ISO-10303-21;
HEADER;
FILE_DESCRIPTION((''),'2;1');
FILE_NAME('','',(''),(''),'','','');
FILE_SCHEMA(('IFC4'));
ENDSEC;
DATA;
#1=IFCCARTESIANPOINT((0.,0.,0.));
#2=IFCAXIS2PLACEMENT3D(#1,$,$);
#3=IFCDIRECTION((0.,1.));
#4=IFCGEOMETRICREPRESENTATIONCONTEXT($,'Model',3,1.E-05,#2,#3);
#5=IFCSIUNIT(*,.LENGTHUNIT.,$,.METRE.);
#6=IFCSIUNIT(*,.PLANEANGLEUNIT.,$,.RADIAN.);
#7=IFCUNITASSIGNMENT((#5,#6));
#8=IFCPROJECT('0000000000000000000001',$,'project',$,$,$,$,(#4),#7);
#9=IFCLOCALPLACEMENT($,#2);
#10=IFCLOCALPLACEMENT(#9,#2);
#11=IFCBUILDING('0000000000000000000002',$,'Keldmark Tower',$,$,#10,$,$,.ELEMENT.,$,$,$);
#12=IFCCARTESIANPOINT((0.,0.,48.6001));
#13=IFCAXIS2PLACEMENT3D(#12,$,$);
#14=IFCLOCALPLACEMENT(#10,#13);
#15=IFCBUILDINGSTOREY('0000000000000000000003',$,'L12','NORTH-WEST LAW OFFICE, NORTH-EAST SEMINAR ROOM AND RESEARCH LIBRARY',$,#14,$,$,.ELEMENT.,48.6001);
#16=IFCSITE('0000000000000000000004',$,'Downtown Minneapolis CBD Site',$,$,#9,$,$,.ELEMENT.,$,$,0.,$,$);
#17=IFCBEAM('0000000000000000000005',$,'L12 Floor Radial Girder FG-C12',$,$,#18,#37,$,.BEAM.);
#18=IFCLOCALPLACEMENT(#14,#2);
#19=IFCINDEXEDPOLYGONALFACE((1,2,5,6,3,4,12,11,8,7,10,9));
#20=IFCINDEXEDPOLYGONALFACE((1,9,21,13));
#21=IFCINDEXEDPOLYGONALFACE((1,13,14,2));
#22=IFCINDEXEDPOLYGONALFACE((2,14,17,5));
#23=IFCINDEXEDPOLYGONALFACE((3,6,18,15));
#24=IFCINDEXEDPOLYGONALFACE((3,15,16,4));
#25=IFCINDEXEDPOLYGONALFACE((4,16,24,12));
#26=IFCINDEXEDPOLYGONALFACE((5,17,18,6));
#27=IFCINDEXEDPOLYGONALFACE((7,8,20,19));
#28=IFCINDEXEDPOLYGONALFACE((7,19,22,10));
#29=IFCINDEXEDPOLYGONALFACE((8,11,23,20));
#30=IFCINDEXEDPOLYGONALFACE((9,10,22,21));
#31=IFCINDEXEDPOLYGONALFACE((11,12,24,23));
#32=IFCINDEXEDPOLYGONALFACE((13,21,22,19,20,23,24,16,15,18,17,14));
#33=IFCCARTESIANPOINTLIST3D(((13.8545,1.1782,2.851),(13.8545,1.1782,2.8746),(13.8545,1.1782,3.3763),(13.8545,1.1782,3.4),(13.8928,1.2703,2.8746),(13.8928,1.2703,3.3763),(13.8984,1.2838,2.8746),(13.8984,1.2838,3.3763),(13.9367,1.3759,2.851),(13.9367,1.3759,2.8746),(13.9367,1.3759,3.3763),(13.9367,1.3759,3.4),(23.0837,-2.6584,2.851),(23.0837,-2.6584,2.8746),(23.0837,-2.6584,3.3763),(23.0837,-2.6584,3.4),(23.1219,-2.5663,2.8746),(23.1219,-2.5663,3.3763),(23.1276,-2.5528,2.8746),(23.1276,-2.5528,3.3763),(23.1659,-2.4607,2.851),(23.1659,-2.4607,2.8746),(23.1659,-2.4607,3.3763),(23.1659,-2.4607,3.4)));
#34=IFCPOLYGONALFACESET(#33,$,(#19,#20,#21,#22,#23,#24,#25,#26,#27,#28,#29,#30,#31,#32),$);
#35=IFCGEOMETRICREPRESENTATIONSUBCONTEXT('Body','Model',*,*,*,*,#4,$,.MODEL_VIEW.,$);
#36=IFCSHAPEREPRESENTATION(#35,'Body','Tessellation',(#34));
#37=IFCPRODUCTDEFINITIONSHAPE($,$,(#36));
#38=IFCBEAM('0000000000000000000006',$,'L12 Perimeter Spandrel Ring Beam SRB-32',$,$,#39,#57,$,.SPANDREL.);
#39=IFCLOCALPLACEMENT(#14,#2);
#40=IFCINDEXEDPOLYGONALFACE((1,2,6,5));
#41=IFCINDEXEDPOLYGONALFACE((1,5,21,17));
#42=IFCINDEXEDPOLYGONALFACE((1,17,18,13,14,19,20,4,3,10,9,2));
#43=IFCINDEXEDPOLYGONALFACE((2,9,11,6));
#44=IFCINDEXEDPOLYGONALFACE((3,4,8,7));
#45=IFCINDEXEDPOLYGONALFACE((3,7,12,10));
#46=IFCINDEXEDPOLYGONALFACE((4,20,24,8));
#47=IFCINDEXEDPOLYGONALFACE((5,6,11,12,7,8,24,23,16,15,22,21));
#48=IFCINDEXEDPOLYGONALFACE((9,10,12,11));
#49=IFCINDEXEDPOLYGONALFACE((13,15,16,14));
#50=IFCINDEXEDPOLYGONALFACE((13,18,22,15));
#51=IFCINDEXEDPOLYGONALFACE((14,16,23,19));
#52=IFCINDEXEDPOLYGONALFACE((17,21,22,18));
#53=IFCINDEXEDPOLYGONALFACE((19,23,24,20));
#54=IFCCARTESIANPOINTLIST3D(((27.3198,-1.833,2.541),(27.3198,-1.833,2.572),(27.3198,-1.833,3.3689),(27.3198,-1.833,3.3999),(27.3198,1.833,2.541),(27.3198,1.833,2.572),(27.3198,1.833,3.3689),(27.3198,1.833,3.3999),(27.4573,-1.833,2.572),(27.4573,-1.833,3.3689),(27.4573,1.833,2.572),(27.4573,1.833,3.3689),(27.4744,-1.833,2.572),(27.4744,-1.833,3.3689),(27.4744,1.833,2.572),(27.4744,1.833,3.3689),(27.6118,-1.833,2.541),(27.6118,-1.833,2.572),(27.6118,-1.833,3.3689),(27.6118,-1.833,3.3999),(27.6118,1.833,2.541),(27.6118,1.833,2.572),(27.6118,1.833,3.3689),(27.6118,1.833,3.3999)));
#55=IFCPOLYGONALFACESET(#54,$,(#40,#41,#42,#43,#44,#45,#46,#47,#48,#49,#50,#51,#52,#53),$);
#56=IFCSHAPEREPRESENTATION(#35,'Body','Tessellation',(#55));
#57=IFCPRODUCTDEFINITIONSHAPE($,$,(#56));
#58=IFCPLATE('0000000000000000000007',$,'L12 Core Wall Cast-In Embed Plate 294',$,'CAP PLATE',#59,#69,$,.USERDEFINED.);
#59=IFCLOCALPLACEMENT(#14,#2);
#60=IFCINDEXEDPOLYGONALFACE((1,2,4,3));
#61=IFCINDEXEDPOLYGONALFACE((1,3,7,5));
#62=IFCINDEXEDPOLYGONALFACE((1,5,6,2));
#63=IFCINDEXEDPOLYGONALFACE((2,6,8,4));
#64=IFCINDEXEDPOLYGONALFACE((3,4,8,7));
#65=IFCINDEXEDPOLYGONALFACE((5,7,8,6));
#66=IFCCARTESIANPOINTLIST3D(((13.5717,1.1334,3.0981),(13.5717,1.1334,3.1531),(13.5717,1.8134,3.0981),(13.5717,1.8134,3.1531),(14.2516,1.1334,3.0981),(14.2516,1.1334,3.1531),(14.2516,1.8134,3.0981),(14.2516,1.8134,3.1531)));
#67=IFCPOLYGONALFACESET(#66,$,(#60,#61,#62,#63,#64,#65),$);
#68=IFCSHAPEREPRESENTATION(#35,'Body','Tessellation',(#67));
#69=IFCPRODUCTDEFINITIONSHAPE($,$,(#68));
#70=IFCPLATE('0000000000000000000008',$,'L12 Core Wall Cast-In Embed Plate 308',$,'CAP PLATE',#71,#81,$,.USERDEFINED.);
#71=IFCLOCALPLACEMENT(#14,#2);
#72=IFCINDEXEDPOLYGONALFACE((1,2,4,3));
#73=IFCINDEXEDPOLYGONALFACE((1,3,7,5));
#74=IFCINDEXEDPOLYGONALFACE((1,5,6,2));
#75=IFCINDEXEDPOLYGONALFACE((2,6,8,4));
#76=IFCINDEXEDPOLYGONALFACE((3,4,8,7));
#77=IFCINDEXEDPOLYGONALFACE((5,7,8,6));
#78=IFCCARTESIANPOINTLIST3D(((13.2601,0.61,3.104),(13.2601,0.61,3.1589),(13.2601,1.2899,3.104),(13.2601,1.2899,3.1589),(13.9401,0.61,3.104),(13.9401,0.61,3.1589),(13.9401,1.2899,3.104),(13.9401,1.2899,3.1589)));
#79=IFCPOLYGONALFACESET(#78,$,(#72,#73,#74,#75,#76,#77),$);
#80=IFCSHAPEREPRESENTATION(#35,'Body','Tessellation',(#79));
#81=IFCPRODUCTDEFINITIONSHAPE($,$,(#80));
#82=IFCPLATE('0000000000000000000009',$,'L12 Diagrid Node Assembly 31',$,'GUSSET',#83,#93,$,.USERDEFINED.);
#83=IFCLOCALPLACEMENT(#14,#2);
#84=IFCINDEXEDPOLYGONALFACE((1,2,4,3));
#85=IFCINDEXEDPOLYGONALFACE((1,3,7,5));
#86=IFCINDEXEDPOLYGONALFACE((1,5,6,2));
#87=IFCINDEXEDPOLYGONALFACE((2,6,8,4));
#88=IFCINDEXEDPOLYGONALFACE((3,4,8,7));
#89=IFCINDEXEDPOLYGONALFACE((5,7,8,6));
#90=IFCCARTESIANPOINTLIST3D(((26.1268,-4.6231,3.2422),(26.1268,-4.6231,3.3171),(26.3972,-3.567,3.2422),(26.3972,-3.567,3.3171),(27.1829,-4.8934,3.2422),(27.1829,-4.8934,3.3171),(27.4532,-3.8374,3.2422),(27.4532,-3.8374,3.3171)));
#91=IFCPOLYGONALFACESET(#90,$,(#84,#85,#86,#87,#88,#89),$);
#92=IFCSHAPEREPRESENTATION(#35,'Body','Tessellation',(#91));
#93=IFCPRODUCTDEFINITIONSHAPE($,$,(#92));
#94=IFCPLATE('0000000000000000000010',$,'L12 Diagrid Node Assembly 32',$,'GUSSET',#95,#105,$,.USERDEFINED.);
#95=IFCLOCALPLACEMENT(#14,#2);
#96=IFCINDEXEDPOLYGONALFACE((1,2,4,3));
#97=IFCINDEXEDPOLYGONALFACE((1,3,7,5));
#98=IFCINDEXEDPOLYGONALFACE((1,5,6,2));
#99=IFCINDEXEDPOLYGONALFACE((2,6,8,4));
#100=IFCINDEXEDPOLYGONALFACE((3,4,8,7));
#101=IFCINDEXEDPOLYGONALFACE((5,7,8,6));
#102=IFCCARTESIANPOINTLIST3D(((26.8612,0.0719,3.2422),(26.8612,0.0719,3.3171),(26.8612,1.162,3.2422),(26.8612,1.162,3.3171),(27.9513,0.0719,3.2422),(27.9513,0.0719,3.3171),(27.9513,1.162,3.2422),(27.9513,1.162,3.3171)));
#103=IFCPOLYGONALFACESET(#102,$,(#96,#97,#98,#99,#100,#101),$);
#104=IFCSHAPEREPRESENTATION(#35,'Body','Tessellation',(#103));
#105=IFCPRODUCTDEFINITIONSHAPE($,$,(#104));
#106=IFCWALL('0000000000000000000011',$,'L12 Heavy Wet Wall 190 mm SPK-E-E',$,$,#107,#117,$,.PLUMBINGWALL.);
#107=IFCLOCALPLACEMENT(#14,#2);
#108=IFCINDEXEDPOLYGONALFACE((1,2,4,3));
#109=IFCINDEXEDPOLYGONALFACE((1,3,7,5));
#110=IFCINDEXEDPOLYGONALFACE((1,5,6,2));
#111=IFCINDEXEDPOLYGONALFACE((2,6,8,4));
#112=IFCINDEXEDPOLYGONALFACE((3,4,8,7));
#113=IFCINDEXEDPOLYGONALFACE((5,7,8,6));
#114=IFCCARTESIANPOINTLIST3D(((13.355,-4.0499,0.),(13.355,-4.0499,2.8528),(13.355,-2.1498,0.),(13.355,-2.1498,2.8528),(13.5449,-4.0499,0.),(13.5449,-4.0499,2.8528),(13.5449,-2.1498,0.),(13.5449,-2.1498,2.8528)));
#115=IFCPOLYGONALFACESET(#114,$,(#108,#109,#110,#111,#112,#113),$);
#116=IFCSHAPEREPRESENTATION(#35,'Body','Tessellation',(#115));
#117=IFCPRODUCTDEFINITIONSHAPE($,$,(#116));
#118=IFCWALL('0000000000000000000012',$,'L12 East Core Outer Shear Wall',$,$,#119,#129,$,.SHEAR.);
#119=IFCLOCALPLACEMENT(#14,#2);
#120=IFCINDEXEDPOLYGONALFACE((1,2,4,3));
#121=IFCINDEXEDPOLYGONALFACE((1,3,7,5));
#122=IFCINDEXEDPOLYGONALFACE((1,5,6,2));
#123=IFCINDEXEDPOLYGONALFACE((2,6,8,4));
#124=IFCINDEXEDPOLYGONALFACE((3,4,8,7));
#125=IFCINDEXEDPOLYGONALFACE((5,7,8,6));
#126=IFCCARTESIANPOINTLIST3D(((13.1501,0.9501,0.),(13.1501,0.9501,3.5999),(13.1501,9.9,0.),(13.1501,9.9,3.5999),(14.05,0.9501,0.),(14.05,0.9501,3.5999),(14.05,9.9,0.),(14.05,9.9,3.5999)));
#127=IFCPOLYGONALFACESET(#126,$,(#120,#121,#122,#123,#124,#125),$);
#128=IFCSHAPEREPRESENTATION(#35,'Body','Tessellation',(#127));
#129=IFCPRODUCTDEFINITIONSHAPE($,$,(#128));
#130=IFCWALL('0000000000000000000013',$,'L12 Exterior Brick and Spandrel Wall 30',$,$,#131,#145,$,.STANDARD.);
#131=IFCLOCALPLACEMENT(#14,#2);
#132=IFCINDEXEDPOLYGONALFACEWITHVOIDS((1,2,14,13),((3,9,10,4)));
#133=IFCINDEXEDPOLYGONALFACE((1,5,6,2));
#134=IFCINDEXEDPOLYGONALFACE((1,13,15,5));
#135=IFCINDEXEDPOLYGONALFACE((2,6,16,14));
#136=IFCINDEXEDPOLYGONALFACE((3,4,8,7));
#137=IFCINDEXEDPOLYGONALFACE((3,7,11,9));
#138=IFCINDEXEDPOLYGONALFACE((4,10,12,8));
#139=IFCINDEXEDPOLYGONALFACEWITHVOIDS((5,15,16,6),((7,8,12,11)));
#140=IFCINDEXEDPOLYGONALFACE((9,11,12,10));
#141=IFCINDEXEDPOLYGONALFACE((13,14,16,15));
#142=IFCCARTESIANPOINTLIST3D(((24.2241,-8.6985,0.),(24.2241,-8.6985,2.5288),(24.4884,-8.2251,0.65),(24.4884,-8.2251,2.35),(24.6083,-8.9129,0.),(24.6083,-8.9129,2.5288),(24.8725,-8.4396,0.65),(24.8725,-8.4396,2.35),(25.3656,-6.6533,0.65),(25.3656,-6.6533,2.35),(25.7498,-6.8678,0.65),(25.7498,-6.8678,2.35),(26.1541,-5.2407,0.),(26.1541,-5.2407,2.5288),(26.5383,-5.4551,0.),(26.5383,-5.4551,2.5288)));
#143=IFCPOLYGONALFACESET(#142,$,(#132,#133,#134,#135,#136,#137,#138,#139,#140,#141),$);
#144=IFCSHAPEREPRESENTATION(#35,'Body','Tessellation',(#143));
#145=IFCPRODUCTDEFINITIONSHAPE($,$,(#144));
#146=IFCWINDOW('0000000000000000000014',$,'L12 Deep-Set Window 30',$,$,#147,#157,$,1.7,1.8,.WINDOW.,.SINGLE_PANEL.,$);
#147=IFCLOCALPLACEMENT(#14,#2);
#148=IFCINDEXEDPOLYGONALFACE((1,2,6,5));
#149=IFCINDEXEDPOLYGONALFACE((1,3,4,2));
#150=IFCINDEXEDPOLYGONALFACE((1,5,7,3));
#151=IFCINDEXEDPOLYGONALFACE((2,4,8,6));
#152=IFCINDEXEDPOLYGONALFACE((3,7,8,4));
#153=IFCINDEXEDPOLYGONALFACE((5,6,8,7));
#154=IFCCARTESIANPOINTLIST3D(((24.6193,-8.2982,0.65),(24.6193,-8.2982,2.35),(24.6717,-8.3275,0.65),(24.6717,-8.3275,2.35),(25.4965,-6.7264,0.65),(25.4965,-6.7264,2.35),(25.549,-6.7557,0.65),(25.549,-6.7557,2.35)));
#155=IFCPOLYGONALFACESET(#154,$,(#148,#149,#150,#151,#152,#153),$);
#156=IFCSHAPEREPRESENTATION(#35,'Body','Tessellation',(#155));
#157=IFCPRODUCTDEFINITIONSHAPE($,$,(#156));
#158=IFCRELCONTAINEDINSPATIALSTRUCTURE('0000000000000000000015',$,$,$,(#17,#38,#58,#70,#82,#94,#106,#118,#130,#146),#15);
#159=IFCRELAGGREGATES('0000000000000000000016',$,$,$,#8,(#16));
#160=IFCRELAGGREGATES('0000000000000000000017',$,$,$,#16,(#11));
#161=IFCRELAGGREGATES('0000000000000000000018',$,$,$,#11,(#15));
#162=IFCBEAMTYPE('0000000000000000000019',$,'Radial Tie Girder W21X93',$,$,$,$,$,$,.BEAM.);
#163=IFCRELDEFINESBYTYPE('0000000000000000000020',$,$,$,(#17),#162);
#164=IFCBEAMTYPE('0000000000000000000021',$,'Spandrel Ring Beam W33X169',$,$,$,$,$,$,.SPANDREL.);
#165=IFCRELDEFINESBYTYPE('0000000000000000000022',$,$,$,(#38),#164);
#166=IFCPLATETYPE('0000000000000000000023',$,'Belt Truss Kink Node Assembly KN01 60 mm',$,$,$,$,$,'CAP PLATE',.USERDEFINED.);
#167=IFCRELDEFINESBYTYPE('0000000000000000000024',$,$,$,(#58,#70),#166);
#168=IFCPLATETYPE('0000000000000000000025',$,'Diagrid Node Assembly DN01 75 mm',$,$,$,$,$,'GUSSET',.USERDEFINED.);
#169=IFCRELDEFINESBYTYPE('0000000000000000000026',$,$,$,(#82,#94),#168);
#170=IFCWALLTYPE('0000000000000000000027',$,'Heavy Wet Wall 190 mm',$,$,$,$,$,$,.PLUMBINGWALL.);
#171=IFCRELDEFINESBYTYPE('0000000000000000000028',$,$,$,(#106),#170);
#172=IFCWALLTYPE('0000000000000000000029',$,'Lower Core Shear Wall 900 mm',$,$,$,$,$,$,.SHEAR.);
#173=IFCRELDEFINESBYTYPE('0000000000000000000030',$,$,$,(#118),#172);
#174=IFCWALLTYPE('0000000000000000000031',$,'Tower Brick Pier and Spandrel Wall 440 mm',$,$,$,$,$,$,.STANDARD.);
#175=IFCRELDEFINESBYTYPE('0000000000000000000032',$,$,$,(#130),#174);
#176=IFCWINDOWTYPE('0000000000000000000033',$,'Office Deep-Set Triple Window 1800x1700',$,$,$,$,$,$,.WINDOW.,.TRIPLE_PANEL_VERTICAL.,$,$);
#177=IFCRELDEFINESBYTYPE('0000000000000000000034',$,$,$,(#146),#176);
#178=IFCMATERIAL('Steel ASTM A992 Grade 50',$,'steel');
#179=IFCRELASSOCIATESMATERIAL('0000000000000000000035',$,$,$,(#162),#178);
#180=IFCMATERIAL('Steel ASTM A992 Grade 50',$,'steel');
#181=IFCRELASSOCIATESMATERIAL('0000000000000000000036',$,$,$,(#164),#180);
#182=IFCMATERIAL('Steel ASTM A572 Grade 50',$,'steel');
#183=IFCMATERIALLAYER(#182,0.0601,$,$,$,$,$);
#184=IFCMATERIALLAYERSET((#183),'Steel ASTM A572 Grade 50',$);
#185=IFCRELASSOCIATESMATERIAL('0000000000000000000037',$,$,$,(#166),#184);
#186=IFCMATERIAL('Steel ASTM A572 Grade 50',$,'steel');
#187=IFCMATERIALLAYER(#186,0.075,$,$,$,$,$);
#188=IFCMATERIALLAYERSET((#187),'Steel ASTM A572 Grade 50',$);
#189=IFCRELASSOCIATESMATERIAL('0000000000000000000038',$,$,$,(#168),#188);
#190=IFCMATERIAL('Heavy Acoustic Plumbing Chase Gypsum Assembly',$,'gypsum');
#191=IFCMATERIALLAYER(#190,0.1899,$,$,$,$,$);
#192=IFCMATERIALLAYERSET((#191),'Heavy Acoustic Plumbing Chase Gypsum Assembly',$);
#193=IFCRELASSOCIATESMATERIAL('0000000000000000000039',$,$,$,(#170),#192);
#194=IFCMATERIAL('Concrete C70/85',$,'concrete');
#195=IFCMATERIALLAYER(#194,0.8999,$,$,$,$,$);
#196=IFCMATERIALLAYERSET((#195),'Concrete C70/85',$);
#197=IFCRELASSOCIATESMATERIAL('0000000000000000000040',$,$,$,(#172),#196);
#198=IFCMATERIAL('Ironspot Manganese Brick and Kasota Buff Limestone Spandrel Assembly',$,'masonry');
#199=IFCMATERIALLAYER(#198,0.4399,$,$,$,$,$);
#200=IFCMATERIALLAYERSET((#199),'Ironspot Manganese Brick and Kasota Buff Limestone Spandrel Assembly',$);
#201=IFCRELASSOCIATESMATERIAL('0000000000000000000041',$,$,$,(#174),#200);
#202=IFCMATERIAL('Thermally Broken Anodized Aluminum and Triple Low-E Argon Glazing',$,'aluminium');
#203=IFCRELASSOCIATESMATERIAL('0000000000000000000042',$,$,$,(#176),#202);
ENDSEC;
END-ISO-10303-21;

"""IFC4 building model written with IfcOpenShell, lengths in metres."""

from ifc_helpers import new_model, si_unit, direction, frame, frame_2d, origin, origin_2d, place, context, subcontext, project, spatial, rectangle, i_section, extrude, material, layer, layer_set, material_profile, profile_set, type_object, element, fill, save


model = new_model("IFC4")

# Units and contexts
model_context = context("Model", 3, precision=1e-05, world=origin(), true_north=direction((0.0, 1.0)))
body_context = subcontext(model_context, "Body", "Model", "MODEL_VIEW")
ifc_project = project(units=[si_unit("LENGTHUNIT", "METRE"), si_unit("PLANEANGLEUNIT", "RADIAN")], contexts=[model_context])

# Site, building, storey
site_placement = place(None, origin())
site = spatial("IfcSite", under=ifc_project, at=site_placement, Name="Downtown Minneapolis CBD Site", CompositionType="ELEMENT", RefElevation=0.0)
building_placement = place(site_placement, origin())
building = spatial("IfcBuilding", under=site, at=building_placement, Name="Keldmark Tower", CompositionType="ELEMENT")
storey_placement = place(building_placement, frame((0.0, 0.0, 48.6001)))
storey = spatial("IfcBuildingStorey", under=building, at=storey_placement, Name="L12", Description="NORTH-WEST LAW OFFICE, NORTH-EAST SEMINAR ROOM AND RESEARCH LIBRARY", CompositionType="ELEMENT", Elevation=48.6001)

# Beams
ifc_material_1 = material(Name="Steel ASTM A992 Grade 50", Category="steel")
ifc_material_profile_1 = material_profile(ifc_material_1, i_section(OverallWidth=0.2141, OverallDepth=0.5491, WebThickness=0.0146, FlangeThickness=0.0237, at=origin_2d()), Name="W21X93")
ifc_profile_set_1 = profile_set([ifc_material_profile_1], Name="Steel ASTM A992 Grade 50")
beam_type_1 = type_object("IfcBeamType", Name="Radial Tie Girder W21X93", PredefinedType="BEAM", material=ifc_profile_set_1)
beam_1_placement = place(storey_placement, frame((23.1248, -2.5596, 3.1255), z_axis=(-0.923391, 0.383861, 0.0), x_axis=(-0.383861, -0.923391, 0.0)))
element("IfcBeam", 1, at=beam_1_placement, inside=storey, type_object=beam_type_1, Name="L12 Floor Radial Girder FG-C12", PredefinedType="BEAM", context=body_context, shape_type="SweptSolid", body=[
    extrude(i_section(OverallWidth=0.2141, OverallDepth=0.5491, WebThickness=0.0146, FlangeThickness=0.0237, at=origin_2d()), origin(), (0.0, 0.0, 1.0), 9.9949),
])
ifc_material_2 = material(Name="Steel ASTM A992 Grade 50", Category="steel")
ifc_material_profile_2 = material_profile(ifc_material_2, i_section(OverallWidth=0.292, OverallDepth=0.8589, WebThickness=0.0171, FlangeThickness=0.031, at=origin_2d()), Name="W33X169")
ifc_profile_set_2 = profile_set([ifc_material_profile_2], Name="Steel ASTM A992 Grade 50")
beam_type_2 = type_object("IfcBeamType", Name="Spandrel Ring Beam W33X169", PredefinedType="SPANDREL", material=ifc_profile_set_2)
beam_2_placement = place(storey_placement, frame((27.4658, -1.833, 2.9705), z_axis=(0.0, 1.0, 0.0), x_axis=(-1.0, 0.0, 0.0)))
element("IfcBeam", 2, at=beam_2_placement, inside=storey, type_object=beam_type_2, Name="L12 Perimeter Spandrel Ring Beam SRB-32", PredefinedType="SPANDREL", context=body_context, shape_type="SweptSolid", body=[
    extrude(i_section(OverallWidth=0.292, OverallDepth=0.8589, WebThickness=0.0171, FlangeThickness=0.031, at=origin_2d()), origin(), (0.0, 0.0, 1.0), 3.666),
])

# Plates
ifc_material_3 = material(Name="Steel ASTM A572 Grade 50", Category="steel")
ifc_layer_1 = layer(ifc_material_3, 0.0601)
ifc_layer_set_1 = layer_set([ifc_layer_1], Name="Steel ASTM A572 Grade 50")
plate_type_1 = type_object("IfcPlateType", Name="Belt Truss Kink Node Assembly KN01 60 mm", ElementType="CAP PLATE", PredefinedType="USERDEFINED", material=ifc_layer_set_1)
for number, where, z_axis, x_axis, name in (
    (3, (13.9116, 1.4734, 3.0981), (0.0, 0.0, 1.0), (1.0, 0.0, 0.0), "L12 Core Wall Cast-In Embed Plate 294"),
    (4, (13.6001, 0.95, 3.104), (0.0, 0.0, 1.0), (1.0, 0.0, 0.0), "L12 Core Wall Cast-In Embed Plate 308"),
):
    element("IfcPlate", number, at=place(storey_placement, frame(where, z_axis=z_axis, x_axis=x_axis)), inside=storey, type_object=plate_type_1, Name=name, ObjectType="CAP PLATE", PredefinedType="USERDEFINED", context=body_context, shape_type="SweptSolid", body=[
        extrude(rectangle(XDim=0.6799, YDim=0.6799, at=origin_2d()), origin(), (0.0, 0.0, 1.0), 0.0549),
    ])
ifc_material_4 = material(Name="Steel ASTM A572 Grade 50", Category="steel")
ifc_layer_2 = layer(ifc_material_4, 0.075)
ifc_layer_set_2 = layer_set([ifc_layer_2], Name="Steel ASTM A572 Grade 50")
plate_type_2 = type_object("IfcPlateType", Name="Diagrid Node Assembly DN01 75 mm", ElementType="GUSSET", PredefinedType="USERDEFINED", material=ifc_layer_set_2)
for number, where, z_axis, x_axis, name in (
    (5, (26.79, -4.2302, 3.2422), (0.0, 0.0, 1.0), (0.248014, 0.968757, 0.0), "L12 Diagrid Node Assembly 31"),
    (6, (27.4062, 0.6169, 3.2422), (0.0, 0.0, 1.0), (0.0, 1.0, 0.0), "L12 Diagrid Node Assembly 32"),
):
    element("IfcPlate", number, at=place(storey_placement, frame(where, z_axis=z_axis, x_axis=x_axis)), inside=storey, type_object=plate_type_2, Name=name, ObjectType="GUSSET", PredefinedType="USERDEFINED", context=body_context, shape_type="SweptSolid", body=[
        extrude(rectangle(XDim=1.0901, YDim=1.0901, at=origin_2d()), origin(), (0.0, 0.0, 1.0), 0.075),
    ])

# Walls
ifc_material_5 = material(Name="Heavy Acoustic Plumbing Chase Gypsum Assembly", Category="gypsum")
ifc_layer_3 = layer(ifc_material_5, 0.1899)
ifc_layer_set_3 = layer_set([ifc_layer_3], Name="Heavy Acoustic Plumbing Chase Gypsum Assembly")
wall_type_1 = type_object("IfcWallType", Name="Heavy Wet Wall 190 mm", PredefinedType="PLUMBINGWALL", material=ifc_layer_set_3)
wall_1_placement = place(storey_placement, frame((13.45, -4.05, 0.0), z_axis=(0.0, 0.0, 1.0), x_axis=(0.0, 1.0, 0.0)))
element("IfcWall", 7, at=wall_1_placement, inside=storey, type_object=wall_type_1, Name="L12 Heavy Wet Wall 190 mm SPK-E-E", PredefinedType="PLUMBINGWALL", context=body_context, shape_type="SweptSolid", body=[
    extrude(rectangle(XDim=1.9001, YDim=0.1899, at=frame_2d((0.9502, 0.0))), origin(), (0.0, 0.0, 1.0), 2.8528),
])
ifc_material_6 = material(Name="Concrete C70/85", Category="concrete")
ifc_layer_4 = layer(ifc_material_6, 0.8999)
ifc_layer_set_4 = layer_set([ifc_layer_4], Name="Concrete C70/85")
wall_type_2 = type_object("IfcWallType", Name="Lower Core Shear Wall 900 mm", PredefinedType="SHEAR", material=ifc_layer_set_4)
wall_2_placement = place(storey_placement, frame((13.6001, 0.95, 0.0), z_axis=(0.0, 0.0, 1.0), x_axis=(0.0, 1.0, 0.0)))
element("IfcWall", 8, at=wall_2_placement, inside=storey, type_object=wall_type_2, Name="L12 East Core Outer Shear Wall", PredefinedType="SHEAR", context=body_context, shape_type="SweptSolid", body=[
    extrude(rectangle(XDim=8.95, YDim=0.8999, at=frame_2d((4.4751, 0.0))), origin(), (0.0, 0.0, 1.0), 3.5999),
])

# Wall, opening, window
ifc_material_7 = material(Name="Ironspot Manganese Brick and Kasota Buff Limestone Spandrel Assembly", Category="masonry")
ifc_layer_5 = layer(ifc_material_7, 0.4399)
ifc_layer_set_5 = layer_set([ifc_layer_5], Name="Ironspot Manganese Brick and Kasota Buff Limestone Spandrel Assembly")
wall_type_3 = type_object("IfcWallType", Name="Tower Brick Pier and Spandrel Wall 440 mm", PredefinedType="STANDARD", material=ifc_layer_set_5)
wall_3_placement = place(storey_placement, frame((26.3462, -5.3479, 0.0), z_axis=(0.0, 0.0, 1.0), x_axis=(-0.487369, -0.873196, 0.0)))
wall_3 = element("IfcWall", 9, at=wall_3_placement, inside=storey, type_object=wall_type_3, Name="L12 Exterior Brick and Spandrel Wall 30", PredefinedType="STANDARD", context=body_context, shape_type="SweptSolid", body=[
    extrude(rectangle(XDim=3.96, YDim=0.4399, at=frame_2d((1.98, 0.0))), origin(), (0.0, 0.0, 1.0), 2.5288),
])
opening_1_placement = place(wall_3_placement, frame((1.6179, 0.0, 0.6499)))
opening_1 = element("IfcOpeningElement", 10, at=opening_1_placement, cuts=wall_3, PredefinedType="OPENING", context=body_context, shape_type="SweptSolid", body=[
    extrude(rectangle(XDim=1.8, YDim=1.7, at=frame_2d((0.8999, 0.8501))), frame((0.0, 0.23, 0.0), z_axis=(0.0, -1.0, 0.0), x_axis=(1.0, 0.0, 0.0)), (0.0, 0.0, 1.0), 0.46),
])
ifc_material_8 = material(Name="Thermally Broken Anodized Aluminum and Triple Low-E Argon Glazing", Category="aluminium")
window_type = type_object("IfcWindowType", Name="Office Deep-Set Triple Window 1800x1700", PartitioningType="TRIPLE_PANEL_VERTICAL", PredefinedType="WINDOW", material=ifc_material_8)
window_1_placement = place(opening_1_placement, origin())
window_1 = element("IfcWindow", 11, at=window_1_placement, inside=storey, type_object=window_type, Name="L12 Deep-Set Window 30", OverallHeight=1.7, OverallWidth=1.8, PartitioningType="SINGLE_PANEL", PredefinedType="WINDOW", context=body_context, shape_type="SweptSolid", body=[
    extrude(rectangle(XDim=1.8, YDim=1.7, at=frame_2d((0.8999, 0.8501))), frame((0.0, -0.01, 0.0), z_axis=(0.0, -1.0, 0.0), x_axis=(1.0, 0.0, 0.0)), (0.0, 0.0, 1.0), 0.0601),
])
fill(opening_1, window_1)

save(model, "model.ifc")
